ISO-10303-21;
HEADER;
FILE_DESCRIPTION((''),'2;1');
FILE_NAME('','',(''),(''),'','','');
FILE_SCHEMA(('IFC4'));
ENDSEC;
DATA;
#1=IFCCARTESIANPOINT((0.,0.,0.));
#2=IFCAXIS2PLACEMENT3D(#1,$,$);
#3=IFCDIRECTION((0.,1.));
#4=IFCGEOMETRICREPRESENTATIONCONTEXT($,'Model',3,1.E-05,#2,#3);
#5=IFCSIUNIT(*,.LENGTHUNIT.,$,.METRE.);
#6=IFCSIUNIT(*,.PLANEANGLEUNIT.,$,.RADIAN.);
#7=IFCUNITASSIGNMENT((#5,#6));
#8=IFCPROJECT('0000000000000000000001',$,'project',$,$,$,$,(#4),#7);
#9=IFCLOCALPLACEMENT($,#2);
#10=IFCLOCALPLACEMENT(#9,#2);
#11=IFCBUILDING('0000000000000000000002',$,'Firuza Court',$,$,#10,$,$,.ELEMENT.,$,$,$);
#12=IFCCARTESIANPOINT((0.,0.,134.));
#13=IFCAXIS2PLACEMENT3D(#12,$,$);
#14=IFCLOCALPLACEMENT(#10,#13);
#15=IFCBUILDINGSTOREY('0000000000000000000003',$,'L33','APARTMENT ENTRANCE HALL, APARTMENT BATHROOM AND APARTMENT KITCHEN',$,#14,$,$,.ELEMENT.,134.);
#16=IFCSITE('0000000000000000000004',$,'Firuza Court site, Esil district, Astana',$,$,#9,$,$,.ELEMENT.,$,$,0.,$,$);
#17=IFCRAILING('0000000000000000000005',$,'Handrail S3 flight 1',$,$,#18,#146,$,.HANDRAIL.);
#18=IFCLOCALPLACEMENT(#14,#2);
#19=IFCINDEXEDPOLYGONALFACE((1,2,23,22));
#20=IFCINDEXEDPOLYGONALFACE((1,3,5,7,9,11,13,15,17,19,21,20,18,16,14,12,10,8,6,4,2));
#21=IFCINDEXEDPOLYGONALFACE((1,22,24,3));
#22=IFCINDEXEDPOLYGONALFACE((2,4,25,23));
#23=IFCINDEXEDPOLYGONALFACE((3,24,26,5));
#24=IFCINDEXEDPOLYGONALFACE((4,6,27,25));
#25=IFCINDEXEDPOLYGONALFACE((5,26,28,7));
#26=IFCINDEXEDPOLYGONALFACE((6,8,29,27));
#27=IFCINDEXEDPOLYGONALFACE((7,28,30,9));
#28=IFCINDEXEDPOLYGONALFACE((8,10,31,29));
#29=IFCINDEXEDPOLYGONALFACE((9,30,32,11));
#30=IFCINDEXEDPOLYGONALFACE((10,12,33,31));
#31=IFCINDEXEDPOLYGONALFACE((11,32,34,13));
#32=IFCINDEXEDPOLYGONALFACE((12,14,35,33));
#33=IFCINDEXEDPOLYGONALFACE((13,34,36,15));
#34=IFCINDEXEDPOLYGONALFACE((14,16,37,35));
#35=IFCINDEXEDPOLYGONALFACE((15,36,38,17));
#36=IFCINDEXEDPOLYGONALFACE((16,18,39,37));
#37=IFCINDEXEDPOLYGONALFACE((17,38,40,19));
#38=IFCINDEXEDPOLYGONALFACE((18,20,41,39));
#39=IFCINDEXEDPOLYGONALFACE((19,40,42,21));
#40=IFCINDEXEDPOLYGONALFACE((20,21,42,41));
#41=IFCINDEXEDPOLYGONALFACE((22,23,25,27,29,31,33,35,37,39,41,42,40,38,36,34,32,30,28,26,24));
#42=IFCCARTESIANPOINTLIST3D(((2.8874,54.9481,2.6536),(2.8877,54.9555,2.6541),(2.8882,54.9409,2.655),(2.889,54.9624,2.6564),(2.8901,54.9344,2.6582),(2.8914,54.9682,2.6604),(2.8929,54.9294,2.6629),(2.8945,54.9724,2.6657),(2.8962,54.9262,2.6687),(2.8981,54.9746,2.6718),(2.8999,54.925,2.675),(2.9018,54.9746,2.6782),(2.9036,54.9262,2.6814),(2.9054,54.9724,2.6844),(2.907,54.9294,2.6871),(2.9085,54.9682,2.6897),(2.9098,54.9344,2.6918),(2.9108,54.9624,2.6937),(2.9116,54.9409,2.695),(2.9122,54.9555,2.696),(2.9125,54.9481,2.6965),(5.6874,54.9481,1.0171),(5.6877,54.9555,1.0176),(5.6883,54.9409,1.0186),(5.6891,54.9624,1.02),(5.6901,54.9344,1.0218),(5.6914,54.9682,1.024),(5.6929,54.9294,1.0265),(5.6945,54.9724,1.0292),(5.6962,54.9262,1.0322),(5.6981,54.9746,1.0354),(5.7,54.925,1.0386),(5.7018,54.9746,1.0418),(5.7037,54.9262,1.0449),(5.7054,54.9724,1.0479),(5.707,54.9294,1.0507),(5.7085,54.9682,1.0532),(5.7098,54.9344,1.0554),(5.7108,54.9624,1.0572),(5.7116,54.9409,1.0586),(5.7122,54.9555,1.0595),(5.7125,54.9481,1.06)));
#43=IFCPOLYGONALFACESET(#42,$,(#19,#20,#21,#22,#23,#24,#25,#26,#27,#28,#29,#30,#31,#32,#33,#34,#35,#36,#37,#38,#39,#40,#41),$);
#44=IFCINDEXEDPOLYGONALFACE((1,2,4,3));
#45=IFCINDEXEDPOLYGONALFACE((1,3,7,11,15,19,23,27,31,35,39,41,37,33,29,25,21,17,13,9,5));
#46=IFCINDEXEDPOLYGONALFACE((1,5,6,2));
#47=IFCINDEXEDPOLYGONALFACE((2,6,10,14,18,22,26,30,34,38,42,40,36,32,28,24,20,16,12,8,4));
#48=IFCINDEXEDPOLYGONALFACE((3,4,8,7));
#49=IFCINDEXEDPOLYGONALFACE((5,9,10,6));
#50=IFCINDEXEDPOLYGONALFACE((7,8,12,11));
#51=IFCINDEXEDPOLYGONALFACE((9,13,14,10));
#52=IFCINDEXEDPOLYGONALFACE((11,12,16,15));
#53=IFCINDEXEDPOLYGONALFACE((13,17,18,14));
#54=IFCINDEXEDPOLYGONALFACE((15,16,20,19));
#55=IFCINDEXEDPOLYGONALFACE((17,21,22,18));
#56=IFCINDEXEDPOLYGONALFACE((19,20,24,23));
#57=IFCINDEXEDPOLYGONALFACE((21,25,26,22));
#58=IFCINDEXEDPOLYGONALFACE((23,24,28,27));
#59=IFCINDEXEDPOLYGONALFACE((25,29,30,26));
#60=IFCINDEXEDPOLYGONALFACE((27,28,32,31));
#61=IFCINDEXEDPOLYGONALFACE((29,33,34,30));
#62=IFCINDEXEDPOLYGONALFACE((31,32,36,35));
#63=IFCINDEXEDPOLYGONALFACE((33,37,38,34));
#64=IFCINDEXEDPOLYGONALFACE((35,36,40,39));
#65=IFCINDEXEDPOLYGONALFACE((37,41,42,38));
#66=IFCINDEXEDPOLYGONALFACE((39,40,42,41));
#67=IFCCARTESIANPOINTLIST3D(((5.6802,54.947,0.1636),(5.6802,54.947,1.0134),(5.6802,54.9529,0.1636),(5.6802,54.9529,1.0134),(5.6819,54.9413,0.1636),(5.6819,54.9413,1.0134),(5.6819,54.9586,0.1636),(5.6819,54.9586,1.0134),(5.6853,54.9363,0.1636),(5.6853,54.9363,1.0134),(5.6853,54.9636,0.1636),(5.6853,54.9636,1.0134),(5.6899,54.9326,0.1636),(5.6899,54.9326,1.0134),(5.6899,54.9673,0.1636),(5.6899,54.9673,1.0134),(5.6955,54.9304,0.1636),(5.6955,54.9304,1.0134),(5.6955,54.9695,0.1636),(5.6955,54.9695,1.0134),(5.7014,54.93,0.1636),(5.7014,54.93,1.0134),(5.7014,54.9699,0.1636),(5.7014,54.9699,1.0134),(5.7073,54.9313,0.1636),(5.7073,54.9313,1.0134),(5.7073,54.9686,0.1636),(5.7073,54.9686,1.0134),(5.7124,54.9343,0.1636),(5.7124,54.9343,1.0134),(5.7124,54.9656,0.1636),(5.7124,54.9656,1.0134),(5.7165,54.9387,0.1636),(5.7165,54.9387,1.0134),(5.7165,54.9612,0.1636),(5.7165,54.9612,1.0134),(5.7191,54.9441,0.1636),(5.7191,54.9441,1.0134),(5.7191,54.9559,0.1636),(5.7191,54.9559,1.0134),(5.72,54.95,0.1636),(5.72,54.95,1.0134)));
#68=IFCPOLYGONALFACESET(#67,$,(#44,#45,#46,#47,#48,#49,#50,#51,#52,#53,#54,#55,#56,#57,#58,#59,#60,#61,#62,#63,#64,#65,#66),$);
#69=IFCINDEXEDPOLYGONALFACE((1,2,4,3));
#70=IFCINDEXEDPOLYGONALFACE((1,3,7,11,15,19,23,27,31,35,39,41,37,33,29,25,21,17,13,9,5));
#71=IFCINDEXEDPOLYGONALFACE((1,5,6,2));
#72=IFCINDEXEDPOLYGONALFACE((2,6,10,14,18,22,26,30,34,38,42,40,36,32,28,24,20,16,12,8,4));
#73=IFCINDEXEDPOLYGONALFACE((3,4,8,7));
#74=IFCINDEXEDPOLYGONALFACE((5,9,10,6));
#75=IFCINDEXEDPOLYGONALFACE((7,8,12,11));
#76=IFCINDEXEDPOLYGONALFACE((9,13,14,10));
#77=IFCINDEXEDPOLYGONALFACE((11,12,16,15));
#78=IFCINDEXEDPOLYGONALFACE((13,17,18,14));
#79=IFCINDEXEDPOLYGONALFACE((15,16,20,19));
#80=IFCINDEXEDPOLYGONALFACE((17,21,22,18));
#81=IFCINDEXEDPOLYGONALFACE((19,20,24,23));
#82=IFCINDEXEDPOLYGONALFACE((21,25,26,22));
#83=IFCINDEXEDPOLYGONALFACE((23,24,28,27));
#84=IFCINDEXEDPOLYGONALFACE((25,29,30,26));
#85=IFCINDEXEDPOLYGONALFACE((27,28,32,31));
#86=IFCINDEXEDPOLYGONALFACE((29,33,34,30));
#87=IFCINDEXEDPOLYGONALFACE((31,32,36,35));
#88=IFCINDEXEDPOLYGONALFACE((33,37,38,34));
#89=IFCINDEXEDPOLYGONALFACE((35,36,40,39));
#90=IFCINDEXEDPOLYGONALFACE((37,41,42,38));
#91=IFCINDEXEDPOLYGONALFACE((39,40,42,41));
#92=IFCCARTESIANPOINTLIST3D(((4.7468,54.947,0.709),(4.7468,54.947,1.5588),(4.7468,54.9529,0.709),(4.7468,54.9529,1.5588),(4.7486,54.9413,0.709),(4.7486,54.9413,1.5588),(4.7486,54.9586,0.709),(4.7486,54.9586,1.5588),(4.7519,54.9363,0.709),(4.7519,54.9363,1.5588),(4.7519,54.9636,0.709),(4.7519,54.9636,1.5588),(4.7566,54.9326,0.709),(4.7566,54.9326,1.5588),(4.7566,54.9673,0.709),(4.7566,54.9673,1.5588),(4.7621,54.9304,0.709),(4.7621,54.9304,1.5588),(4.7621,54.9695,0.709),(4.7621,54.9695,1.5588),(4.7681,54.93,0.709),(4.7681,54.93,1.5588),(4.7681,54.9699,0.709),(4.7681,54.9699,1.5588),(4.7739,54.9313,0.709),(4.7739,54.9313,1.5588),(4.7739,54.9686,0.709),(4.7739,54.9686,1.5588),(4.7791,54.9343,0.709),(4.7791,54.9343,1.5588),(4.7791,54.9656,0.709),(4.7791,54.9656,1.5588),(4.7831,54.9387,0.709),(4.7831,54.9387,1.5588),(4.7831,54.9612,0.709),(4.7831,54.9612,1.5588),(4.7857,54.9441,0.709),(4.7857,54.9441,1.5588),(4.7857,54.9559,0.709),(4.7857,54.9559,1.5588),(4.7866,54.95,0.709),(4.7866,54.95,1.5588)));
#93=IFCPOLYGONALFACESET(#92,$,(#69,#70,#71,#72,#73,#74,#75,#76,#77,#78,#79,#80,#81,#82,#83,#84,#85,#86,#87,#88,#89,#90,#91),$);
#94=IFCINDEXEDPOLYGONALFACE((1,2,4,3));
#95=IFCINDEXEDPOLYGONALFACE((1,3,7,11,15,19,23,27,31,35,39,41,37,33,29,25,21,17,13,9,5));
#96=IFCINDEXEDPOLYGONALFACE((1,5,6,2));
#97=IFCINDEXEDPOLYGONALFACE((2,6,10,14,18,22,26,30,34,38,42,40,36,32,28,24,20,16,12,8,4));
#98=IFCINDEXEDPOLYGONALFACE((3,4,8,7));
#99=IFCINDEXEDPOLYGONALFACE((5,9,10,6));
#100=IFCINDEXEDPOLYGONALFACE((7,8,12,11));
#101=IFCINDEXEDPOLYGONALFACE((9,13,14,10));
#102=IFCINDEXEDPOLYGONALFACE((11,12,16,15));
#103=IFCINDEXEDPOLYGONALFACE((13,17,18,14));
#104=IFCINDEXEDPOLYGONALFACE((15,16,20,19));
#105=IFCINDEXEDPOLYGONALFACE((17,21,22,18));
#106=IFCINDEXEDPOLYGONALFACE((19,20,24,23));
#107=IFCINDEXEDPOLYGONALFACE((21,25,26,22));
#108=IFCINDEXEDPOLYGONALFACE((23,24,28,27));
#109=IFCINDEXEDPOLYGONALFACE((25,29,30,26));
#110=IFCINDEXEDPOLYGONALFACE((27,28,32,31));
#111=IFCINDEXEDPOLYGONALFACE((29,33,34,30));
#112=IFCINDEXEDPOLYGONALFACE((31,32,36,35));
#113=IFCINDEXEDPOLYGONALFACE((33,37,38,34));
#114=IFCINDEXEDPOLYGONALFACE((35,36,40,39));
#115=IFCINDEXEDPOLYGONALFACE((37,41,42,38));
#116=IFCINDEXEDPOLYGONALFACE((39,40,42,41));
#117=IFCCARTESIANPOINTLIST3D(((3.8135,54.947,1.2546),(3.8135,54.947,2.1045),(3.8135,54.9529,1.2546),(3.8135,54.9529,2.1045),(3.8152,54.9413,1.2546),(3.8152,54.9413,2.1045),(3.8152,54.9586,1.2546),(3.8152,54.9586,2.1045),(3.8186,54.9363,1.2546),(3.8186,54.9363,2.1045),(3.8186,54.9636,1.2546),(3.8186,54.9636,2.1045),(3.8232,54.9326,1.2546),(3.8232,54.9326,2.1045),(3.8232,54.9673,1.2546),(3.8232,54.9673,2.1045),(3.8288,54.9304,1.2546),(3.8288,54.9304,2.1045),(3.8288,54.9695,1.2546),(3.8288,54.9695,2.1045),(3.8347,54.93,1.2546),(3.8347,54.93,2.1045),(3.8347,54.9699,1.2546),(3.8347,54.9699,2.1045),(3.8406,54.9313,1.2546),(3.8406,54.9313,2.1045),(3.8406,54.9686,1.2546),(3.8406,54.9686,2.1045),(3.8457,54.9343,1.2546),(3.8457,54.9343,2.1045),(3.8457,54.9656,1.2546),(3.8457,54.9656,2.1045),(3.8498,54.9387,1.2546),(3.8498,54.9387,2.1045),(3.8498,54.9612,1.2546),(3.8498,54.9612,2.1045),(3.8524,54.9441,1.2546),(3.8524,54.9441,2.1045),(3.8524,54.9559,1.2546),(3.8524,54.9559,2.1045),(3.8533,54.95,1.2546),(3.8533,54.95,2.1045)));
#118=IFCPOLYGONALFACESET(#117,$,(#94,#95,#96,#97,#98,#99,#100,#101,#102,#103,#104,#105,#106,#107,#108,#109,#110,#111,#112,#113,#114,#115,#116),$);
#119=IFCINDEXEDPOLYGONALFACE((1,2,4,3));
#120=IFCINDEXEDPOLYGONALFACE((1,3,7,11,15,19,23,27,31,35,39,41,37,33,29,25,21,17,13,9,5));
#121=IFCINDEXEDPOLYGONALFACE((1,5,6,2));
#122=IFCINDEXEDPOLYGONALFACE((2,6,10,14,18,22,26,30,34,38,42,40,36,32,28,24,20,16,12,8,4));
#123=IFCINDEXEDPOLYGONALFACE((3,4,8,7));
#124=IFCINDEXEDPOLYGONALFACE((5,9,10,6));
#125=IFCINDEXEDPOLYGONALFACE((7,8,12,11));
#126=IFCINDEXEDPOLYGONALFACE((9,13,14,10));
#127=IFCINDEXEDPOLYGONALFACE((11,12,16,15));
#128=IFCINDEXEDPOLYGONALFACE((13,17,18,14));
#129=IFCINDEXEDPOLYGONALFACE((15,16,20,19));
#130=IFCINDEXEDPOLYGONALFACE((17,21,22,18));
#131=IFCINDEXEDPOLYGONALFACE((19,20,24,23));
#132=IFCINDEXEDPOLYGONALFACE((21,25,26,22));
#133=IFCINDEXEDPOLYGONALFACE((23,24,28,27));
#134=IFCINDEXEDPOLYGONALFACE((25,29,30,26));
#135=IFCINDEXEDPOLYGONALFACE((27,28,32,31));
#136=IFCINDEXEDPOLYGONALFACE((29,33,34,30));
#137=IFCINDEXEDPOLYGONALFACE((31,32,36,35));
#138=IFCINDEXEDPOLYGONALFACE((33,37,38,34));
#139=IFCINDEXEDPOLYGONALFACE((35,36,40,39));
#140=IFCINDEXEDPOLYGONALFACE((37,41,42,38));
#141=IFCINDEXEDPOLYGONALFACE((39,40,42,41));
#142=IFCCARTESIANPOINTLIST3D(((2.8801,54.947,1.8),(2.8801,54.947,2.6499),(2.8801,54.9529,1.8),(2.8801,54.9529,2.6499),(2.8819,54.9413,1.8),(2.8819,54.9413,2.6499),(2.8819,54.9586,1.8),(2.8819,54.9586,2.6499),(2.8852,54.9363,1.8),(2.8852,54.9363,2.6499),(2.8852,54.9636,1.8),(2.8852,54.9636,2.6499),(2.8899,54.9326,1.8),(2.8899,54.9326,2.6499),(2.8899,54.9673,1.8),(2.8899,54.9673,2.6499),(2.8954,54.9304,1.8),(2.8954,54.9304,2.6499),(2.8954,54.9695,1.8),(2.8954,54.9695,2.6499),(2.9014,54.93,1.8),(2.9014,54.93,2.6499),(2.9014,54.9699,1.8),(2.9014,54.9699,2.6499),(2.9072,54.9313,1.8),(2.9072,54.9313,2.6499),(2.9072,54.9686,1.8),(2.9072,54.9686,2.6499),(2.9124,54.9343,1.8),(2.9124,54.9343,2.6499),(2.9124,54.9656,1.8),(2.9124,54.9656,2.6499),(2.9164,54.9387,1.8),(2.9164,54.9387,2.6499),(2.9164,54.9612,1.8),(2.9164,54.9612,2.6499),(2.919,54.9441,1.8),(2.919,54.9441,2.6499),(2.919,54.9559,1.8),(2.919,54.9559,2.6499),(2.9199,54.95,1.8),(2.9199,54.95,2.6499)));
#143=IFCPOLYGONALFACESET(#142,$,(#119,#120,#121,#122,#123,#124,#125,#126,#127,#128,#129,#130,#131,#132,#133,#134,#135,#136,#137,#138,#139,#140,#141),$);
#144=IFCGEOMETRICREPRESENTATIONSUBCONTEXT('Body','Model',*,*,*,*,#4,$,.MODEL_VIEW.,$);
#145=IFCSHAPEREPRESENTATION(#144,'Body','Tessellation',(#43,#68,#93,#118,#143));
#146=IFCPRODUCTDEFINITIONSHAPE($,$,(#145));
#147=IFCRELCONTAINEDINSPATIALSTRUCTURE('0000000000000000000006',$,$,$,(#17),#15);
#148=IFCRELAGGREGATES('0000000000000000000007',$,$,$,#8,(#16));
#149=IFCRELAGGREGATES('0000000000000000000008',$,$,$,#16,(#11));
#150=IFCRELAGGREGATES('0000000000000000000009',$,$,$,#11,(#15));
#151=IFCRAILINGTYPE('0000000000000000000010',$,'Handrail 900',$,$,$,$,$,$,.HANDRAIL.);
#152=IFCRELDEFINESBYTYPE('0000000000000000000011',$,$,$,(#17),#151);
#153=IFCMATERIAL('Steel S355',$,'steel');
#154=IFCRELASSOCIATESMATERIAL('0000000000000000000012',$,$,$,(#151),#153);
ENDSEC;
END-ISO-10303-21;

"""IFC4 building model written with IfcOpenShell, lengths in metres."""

from ifc_helpers import new_model, si_unit, direction, frame, origin, origin_2d, place, context, subcontext, project, spatial, circle, extrude, material, type_object, element, save


model = new_model("IFC4")

# Units and contexts
model_context = context("Model", 3, precision=1e-05, world=origin(), true_north=direction((0.0, 1.0)))
body_context = subcontext(model_context, "Body", "Model", "MODEL_VIEW")
ifc_project = project(units=[si_unit("LENGTHUNIT", "METRE"), si_unit("PLANEANGLEUNIT", "RADIAN")], contexts=[model_context])

# Site, building, storey
site_placement = place(None, origin())
site = spatial("IfcSite", under=ifc_project, at=site_placement, Name="Firuza Court site, Esil district, Astana", CompositionType="ELEMENT", RefElevation=0.0)
building_placement = place(site_placement, origin())
building = spatial("IfcBuilding", under=site, at=building_placement, Name="Firuza Court", CompositionType="ELEMENT")
storey_placement = place(building_placement, frame((0.0, 0.0, 134.0)))
storey = spatial("IfcBuildingStorey", under=building, at=storey_placement, Name="L33", Description="APARTMENT ENTRANCE HALL, APARTMENT BATHROOM AND APARTMENT KITCHEN", CompositionType="ELEMENT", Elevation=134.0)

# Railing
ifc_material_1 = material(Name="Steel S355", Category="steel")
railing_type = type_object("IfcRailingType", Name="Handrail 900", PredefinedType="HANDRAIL", material=ifc_material_1)
railing_1_placement = place(storey_placement, frame((5.7, 54.95, 0.1636)))
element("IfcRailing", 1, at=railing_1_placement, inside=storey, type_object=railing_type, Name="Handrail S3 flight 1", PredefinedType="HANDRAIL", context=body_context, shape_type="SweptSolid", body=[
    extrude(circle(Radius=0.0249, at=origin_2d()), frame((0.0, 0.0, 0.875), z_axis=(-0.863361, 0.0, 0.504587), x_axis=(0.0, -1.0, 0.0)), (0.0, 0.0, 1.0), 3.2432),
    extrude(circle(Radius=0.02, at=origin_2d()), origin(), (0.0, 0.0, 1.0), 0.8499),
    extrude(circle(Radius=0.02, at=origin_2d()), frame((-0.9333, 0.0, 0.5454)), (0.0, 0.0, 1.0), 0.8499),
    extrude(circle(Radius=0.02, at=origin_2d()), frame((-1.8667, 0.0, 1.0911)), (0.0, 0.0, 1.0), 0.8499),
    extrude(circle(Radius=0.02, at=origin_2d()), frame((-2.8, 0.0, 1.6365)), (0.0, 0.0, 1.0), 0.8499),
])

save(model, "model.ifc")
